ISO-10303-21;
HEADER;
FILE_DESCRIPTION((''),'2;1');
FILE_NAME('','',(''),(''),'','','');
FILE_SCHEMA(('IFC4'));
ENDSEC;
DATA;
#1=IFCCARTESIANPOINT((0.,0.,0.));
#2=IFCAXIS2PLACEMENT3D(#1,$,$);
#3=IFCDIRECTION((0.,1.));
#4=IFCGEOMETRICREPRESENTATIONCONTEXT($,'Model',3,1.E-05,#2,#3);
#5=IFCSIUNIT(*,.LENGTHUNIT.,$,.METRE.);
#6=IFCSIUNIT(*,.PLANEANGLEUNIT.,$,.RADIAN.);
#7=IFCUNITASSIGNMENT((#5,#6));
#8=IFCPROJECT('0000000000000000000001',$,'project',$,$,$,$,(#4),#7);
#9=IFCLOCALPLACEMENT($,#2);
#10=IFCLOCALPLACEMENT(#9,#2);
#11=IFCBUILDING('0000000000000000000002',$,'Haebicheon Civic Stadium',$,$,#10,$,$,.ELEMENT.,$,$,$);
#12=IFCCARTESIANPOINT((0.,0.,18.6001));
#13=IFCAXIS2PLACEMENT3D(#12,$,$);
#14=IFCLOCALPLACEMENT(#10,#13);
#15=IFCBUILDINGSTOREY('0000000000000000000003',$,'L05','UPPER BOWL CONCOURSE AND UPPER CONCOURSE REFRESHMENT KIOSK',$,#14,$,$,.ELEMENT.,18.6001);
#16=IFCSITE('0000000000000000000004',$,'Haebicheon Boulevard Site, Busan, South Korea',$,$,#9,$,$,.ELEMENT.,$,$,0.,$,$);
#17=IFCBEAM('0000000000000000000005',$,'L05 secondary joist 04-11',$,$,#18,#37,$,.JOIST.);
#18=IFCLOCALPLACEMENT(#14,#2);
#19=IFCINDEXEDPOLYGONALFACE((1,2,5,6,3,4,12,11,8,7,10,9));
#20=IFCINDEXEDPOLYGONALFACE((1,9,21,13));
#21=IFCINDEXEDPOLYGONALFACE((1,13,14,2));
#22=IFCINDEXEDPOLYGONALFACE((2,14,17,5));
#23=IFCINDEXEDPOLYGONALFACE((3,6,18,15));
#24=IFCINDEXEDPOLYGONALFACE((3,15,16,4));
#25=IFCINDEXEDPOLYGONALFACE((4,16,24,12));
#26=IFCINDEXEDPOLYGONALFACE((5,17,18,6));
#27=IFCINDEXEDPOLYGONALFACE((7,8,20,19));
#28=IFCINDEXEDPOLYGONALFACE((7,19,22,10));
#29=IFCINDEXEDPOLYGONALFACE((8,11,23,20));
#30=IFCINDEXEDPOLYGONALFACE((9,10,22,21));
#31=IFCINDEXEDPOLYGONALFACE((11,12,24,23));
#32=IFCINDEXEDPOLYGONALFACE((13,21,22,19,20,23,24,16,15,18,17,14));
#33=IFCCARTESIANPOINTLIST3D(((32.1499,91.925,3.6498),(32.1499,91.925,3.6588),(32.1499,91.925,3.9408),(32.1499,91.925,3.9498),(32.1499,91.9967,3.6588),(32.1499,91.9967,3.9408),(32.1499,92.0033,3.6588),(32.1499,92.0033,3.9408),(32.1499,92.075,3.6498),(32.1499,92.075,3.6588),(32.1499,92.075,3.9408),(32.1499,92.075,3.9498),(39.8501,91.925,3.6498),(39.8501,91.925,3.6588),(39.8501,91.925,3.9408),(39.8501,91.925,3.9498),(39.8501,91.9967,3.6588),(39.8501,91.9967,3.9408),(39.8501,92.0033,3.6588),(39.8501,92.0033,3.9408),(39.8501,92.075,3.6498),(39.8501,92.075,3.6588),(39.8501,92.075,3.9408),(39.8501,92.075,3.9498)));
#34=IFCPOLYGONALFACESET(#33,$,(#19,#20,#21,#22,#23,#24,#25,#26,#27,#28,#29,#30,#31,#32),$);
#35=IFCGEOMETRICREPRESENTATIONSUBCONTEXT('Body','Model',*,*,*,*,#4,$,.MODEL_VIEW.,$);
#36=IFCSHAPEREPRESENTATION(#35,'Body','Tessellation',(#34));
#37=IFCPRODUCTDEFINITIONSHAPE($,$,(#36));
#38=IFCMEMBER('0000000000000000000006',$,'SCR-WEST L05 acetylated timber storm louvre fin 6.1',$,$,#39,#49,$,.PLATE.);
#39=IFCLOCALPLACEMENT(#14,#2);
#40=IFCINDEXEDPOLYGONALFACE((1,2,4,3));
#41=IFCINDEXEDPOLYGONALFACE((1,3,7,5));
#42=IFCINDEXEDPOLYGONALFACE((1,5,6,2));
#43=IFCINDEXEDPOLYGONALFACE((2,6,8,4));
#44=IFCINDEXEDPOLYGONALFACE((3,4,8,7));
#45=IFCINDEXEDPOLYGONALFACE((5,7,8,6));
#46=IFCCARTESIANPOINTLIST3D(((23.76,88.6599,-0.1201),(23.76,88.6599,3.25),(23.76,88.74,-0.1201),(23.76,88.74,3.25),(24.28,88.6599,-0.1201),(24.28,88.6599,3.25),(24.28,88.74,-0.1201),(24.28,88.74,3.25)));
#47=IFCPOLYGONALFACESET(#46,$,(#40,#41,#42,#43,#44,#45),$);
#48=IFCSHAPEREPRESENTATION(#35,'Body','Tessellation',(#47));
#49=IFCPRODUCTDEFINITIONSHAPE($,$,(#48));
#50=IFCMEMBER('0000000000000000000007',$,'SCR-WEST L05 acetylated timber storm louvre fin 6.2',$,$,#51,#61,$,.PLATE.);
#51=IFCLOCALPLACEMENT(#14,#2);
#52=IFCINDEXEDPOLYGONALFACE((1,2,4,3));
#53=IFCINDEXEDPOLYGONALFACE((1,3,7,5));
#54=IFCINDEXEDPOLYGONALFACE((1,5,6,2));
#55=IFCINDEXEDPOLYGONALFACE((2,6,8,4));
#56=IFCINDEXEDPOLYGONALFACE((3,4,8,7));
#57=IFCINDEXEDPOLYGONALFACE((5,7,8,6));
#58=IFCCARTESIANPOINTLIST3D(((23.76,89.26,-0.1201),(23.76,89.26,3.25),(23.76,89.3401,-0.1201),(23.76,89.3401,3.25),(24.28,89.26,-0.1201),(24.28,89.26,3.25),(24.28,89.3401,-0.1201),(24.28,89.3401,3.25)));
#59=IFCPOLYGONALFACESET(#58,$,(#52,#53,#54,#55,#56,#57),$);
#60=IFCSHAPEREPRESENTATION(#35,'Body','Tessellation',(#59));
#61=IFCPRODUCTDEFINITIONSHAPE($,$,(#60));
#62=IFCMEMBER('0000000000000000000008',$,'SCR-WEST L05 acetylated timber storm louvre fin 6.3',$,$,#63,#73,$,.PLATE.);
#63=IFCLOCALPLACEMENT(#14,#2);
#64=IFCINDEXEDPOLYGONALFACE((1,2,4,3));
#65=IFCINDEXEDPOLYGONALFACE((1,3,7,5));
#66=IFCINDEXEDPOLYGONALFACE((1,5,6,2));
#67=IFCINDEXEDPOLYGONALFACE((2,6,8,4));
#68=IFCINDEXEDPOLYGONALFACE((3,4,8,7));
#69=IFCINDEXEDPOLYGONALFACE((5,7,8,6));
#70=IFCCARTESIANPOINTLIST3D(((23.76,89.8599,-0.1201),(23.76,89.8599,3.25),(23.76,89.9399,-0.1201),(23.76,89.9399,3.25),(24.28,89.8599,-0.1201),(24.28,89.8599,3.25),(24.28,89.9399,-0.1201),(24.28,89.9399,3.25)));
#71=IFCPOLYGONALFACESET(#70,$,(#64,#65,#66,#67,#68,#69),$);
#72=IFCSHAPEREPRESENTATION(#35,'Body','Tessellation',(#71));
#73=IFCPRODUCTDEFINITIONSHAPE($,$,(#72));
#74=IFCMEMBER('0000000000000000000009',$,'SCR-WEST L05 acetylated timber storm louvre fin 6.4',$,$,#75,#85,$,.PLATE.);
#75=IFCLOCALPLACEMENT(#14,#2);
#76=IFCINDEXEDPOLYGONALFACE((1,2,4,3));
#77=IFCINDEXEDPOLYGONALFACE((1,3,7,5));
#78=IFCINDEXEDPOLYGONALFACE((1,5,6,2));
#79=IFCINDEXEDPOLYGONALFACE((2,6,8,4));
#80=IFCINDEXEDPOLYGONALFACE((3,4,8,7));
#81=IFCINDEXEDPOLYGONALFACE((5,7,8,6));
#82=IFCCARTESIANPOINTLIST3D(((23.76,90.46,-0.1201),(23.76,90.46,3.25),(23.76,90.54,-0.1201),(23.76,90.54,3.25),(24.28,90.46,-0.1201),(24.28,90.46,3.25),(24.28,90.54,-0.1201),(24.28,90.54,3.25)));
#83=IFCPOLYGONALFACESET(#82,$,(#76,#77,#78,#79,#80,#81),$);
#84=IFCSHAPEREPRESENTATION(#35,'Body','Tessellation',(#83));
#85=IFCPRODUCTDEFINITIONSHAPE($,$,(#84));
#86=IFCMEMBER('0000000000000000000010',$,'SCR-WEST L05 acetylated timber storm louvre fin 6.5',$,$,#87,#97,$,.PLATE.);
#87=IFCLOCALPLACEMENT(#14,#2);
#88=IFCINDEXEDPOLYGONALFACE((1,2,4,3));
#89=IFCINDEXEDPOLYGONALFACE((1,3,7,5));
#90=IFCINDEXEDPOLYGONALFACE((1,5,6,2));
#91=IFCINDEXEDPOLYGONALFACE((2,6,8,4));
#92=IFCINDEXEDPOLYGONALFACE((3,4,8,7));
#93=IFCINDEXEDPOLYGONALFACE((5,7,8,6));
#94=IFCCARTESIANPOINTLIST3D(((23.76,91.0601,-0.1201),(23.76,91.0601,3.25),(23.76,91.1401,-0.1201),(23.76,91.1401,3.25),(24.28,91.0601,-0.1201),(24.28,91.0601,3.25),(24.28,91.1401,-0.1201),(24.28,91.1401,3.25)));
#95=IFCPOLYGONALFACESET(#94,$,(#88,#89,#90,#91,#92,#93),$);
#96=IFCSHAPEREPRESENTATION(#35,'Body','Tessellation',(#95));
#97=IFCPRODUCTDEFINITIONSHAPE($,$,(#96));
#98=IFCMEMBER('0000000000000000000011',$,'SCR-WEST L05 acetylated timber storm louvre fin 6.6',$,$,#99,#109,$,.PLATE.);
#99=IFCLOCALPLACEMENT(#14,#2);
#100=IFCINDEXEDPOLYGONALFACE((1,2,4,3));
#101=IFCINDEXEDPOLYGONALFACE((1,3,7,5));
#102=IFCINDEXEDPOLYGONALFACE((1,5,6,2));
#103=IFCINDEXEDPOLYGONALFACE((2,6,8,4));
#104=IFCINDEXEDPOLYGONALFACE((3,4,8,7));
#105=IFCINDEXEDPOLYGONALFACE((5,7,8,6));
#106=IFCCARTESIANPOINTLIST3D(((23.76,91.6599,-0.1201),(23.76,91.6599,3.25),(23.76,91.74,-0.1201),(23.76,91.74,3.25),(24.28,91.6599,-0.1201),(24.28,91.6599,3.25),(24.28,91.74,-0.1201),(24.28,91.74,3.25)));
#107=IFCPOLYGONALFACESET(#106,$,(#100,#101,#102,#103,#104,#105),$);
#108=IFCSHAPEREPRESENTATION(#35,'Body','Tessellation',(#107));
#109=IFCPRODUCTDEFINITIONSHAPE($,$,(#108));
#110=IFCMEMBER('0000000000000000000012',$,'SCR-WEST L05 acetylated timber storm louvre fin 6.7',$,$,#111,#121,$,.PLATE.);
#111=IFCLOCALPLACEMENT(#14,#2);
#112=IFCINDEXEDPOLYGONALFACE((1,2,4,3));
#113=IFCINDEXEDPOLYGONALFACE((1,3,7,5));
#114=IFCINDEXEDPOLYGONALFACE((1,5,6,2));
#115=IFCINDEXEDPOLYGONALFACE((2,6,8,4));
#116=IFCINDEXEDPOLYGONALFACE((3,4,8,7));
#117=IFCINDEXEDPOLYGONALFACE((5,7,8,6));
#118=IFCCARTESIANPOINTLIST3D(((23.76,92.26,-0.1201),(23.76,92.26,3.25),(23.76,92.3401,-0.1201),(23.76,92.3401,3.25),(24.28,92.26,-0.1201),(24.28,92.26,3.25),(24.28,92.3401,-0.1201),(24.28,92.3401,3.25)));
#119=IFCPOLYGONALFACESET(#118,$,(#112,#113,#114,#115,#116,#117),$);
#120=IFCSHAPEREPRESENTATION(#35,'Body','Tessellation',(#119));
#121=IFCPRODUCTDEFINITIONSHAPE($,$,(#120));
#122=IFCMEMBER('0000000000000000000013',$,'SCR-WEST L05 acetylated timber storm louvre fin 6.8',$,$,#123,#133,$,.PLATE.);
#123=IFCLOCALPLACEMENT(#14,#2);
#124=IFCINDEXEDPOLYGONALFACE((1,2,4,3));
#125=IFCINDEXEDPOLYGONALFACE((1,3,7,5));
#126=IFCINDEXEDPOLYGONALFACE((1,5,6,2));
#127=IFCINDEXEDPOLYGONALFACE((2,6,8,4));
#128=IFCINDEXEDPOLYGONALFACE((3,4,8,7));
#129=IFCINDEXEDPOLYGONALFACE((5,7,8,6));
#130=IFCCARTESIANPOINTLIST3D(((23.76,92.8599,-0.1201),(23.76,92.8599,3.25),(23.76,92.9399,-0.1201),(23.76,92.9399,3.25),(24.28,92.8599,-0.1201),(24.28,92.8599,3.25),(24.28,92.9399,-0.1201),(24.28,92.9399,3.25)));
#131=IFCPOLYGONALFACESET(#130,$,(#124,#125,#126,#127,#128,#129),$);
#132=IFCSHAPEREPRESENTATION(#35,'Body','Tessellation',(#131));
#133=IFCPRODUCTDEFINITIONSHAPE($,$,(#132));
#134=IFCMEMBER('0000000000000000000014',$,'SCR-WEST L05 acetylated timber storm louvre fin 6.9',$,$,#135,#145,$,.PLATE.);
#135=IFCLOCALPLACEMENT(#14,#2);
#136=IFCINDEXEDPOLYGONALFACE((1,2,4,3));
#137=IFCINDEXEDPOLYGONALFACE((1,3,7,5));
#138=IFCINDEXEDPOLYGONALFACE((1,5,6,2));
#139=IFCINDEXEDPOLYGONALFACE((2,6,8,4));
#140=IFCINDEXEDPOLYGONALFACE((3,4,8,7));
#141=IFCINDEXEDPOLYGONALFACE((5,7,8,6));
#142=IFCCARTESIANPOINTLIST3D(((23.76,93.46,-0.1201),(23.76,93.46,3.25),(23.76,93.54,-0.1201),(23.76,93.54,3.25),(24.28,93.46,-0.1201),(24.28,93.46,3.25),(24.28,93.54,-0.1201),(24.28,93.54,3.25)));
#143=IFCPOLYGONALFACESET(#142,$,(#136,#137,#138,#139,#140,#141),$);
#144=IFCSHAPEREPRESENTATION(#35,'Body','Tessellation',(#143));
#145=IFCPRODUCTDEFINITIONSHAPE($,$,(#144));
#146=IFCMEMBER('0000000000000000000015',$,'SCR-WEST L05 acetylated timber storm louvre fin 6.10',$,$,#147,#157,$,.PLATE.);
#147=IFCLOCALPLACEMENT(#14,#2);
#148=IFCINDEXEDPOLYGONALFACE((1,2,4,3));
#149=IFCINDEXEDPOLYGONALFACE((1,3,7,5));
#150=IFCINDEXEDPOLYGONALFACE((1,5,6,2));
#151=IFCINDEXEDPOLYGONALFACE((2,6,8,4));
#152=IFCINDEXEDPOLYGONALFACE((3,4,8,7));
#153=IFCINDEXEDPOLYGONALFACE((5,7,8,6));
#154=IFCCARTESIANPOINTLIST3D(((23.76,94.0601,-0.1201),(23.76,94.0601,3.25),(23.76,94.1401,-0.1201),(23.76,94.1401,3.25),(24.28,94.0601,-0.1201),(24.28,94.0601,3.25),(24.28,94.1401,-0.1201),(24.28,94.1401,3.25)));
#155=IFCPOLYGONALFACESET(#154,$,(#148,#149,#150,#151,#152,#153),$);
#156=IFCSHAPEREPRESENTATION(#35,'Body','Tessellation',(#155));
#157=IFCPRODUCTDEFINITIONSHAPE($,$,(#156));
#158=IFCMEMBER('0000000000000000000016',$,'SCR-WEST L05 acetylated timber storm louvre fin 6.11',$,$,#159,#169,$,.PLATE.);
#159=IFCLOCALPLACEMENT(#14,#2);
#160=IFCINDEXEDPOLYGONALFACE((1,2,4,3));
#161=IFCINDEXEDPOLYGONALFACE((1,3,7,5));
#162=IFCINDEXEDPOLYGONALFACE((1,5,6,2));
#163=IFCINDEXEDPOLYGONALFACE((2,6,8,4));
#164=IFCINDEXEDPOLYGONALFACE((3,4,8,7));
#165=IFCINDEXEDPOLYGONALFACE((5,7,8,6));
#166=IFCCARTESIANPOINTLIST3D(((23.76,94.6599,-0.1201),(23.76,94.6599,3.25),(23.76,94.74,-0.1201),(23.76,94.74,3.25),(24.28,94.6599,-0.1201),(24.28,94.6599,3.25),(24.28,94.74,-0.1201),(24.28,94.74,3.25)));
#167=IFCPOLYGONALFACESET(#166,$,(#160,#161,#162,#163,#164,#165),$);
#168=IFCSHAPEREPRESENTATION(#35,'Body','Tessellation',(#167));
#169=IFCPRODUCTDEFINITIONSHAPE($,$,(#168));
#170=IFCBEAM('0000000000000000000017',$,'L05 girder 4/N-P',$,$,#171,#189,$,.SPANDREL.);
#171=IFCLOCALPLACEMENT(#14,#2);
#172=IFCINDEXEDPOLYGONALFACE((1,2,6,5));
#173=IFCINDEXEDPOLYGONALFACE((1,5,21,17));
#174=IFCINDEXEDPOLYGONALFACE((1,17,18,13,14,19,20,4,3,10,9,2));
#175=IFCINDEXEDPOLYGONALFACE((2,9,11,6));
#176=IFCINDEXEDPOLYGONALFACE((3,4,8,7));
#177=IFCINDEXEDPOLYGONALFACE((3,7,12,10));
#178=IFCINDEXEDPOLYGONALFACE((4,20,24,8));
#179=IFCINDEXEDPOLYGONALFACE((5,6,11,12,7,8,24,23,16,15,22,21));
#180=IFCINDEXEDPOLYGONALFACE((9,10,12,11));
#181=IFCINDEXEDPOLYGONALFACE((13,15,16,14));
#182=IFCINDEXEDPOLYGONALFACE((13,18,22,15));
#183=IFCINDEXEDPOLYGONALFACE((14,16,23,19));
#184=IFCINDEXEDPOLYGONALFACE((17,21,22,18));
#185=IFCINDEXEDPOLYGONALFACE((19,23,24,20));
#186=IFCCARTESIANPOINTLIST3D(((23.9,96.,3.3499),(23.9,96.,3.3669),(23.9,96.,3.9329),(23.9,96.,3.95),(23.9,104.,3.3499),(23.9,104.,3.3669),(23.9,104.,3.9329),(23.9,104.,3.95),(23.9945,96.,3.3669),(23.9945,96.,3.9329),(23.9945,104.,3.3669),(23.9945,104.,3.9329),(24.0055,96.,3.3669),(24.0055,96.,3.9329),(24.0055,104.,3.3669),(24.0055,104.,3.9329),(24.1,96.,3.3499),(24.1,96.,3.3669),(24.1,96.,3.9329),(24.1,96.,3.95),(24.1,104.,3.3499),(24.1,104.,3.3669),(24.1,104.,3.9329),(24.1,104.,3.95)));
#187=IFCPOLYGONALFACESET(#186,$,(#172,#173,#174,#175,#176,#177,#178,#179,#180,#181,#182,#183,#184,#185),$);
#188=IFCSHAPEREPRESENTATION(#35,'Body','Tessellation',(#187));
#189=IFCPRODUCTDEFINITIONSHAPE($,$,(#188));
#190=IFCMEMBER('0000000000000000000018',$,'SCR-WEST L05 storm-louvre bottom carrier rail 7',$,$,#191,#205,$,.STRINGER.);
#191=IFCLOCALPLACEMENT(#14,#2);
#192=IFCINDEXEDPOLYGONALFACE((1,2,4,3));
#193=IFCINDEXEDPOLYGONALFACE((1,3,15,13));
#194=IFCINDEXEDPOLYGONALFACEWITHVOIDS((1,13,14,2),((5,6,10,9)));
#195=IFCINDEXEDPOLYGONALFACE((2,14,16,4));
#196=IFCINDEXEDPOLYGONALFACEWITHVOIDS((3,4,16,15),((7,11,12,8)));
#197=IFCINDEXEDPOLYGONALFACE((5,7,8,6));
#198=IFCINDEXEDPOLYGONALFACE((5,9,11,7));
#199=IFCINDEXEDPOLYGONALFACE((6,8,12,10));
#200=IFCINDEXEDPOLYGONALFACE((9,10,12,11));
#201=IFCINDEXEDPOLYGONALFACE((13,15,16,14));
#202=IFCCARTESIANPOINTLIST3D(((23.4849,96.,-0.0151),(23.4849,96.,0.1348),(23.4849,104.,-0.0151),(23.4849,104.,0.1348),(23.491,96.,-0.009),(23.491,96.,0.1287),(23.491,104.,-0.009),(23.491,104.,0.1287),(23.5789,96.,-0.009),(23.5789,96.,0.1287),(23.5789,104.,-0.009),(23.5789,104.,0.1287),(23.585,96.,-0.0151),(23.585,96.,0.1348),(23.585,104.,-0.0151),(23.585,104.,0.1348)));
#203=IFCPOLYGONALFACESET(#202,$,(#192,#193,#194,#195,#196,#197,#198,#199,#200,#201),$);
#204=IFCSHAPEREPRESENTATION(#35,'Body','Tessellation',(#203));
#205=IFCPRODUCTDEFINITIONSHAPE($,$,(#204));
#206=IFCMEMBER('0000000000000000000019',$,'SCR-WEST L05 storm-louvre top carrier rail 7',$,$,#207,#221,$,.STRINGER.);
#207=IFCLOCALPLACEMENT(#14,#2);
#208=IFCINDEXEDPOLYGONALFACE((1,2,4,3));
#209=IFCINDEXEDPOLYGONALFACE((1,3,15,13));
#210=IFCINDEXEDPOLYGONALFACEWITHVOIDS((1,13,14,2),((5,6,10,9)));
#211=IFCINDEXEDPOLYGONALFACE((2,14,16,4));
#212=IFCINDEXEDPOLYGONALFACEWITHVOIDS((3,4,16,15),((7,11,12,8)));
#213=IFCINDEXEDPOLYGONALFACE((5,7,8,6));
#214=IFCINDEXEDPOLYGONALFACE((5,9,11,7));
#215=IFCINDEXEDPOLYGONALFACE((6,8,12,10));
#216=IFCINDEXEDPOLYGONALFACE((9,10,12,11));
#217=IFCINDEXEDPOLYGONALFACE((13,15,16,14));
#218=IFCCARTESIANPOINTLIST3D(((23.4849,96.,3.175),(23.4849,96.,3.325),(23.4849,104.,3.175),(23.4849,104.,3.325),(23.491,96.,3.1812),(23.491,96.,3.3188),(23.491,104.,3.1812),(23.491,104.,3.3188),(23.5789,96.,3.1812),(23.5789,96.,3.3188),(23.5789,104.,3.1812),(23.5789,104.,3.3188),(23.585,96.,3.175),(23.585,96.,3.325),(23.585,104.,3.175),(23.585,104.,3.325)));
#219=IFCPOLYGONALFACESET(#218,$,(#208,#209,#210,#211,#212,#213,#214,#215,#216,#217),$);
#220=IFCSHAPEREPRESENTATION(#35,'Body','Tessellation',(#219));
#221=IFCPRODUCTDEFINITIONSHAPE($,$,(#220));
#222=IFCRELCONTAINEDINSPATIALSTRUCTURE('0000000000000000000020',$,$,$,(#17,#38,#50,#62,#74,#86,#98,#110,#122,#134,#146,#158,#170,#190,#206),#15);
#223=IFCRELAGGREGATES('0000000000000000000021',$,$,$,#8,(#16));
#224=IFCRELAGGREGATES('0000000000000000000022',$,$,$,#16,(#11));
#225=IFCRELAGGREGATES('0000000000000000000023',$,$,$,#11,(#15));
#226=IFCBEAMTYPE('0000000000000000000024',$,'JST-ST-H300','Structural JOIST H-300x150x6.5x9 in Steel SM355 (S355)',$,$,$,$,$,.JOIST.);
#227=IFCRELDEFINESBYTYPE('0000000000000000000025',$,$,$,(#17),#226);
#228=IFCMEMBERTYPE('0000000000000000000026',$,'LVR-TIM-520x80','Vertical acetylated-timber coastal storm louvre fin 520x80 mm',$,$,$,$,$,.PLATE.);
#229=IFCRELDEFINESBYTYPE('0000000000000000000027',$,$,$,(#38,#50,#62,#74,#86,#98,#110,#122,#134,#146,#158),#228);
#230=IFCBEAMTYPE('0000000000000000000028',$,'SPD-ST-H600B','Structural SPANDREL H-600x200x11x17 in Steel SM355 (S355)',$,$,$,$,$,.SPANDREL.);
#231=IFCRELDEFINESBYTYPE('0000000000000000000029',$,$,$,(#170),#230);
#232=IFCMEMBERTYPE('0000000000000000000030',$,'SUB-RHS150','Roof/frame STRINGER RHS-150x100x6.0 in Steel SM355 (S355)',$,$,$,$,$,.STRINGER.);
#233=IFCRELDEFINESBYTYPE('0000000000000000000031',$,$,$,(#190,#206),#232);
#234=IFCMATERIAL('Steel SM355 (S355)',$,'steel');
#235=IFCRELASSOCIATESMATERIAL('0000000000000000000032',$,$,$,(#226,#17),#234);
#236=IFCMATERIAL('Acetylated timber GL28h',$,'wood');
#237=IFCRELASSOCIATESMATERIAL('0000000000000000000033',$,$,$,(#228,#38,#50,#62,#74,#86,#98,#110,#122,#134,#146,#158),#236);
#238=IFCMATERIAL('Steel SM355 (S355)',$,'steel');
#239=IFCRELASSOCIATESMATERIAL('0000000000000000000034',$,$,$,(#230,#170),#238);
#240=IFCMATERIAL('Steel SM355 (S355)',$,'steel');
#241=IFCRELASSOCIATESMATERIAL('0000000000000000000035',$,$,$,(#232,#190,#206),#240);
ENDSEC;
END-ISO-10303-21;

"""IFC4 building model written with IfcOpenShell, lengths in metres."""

from ifc_helpers import new_model, si_unit, direction, frame, origin, origin_2d, place, context, subcontext, project, spatial, rectangle, hollow_rectangle, i_section, extrude, material, material_profile, profile_set, type_object, element, save


model = new_model("IFC4")

# Units and contexts
model_context = context("Model", 3, precision=1e-05, world=origin(), true_north=direction((0.0, 1.0)))
body_context = subcontext(model_context, "Body", "Model", "MODEL_VIEW")
ifc_project = project(units=[si_unit("LENGTHUNIT", "METRE"), si_unit("PLANEANGLEUNIT", "RADIAN")], contexts=[model_context])

# Site, building, storey
site_placement = place(None, origin())
site = spatial("IfcSite", under=ifc_project, at=site_placement, Name="Haebicheon Boulevard Site, Busan, South Korea", CompositionType="ELEMENT", RefElevation=0.0)
building_placement = place(site_placement, origin())
building = spatial("IfcBuilding", under=site, at=building_placement, Name="Haebicheon Civic Stadium", CompositionType="ELEMENT")
storey_placement = place(building_placement, frame((0.0, 0.0, 18.6001)))
storey = spatial("IfcBuildingStorey", under=building, at=storey_placement, Name="L05", Description="UPPER BOWL CONCOURSE AND UPPER CONCOURSE REFRESHMENT KIOSK", CompositionType="ELEMENT", Elevation=18.6001)

# Beam
ifc_material_1 = material(Name="Steel SM355 (S355)", Category="steel")
ifc_material_profile_1 = material_profile(ifc_material_1, i_section(OverallWidth=0.1499, OverallDepth=0.3, WebThickness=0.0066, FlangeThickness=0.009, at=origin_2d()), Name="H-300x150x6.5x9")
ifc_profile_set_1 = profile_set([ifc_material_profile_1], Name="Steel SM355 (S355)")
beam_type_1 = type_object("IfcBeamType", Name="JST-ST-H300", Description="Structural JOIST H-300x150x6.5x9 in Steel SM355 (S355)", PredefinedType="JOIST", material=ifc_profile_set_1)
beam_1_placement = place(storey_placement, frame((32.1499, 92.0, 3.7998), z_axis=(1.0, 0.0, 0.0), x_axis=(0.0, 1.0, 0.0)))
element("IfcBeam", 1, at=beam_1_placement, inside=storey, type_object=beam_type_1, material=ifc_profile_set_1, Name="L05 secondary joist 04-11", PredefinedType="JOIST", context=body_context, shape_type="SweptSolid", body=[
    extrude(i_section(OverallWidth=0.1499, OverallDepth=0.3, WebThickness=0.0066, FlangeThickness=0.009, at=origin_2d()), origin(), (0.0, 0.0, 1.0), 7.7002),
])

# Members
ifc_material_2 = material(Name="Acetylated timber GL28h", Category="wood")
ifc_material_profile_2 = material_profile(ifc_material_2, rectangle(XDim=0.0801, YDim=0.52, at=origin_2d()), Name="TMB-LOUV-80x520")
ifc_profile_set_2 = profile_set([ifc_material_profile_2], Name="Acetylated timber GL28h")
member_type_1 = type_object("IfcMemberType", Name="LVR-TIM-520x80", Description="Vertical acetylated-timber coastal storm louvre fin 520x80 mm", PredefinedType="PLATE", material=ifc_profile_set_2)
for number, where, z_axis, x_axis, name in (
    (2, (24.02, 88.7, -0.1201), (0.0, 0.0, 1.0), (0.0, 1.0, 0.0), "SCR-WEST L05 acetylated timber storm louvre fin 6.1"),
    (3, (24.02, 89.3, -0.1201), (0.0, 0.0, 1.0), (0.0, 1.0, 0.0), "SCR-WEST L05 acetylated timber storm louvre fin 6.2"),
    (4, (24.02, 89.8999, -0.1201), (0.0, 0.0, 1.0), (0.0, 1.0, 0.0), "SCR-WEST L05 acetylated timber storm louvre fin 6.3"),
    (5, (24.02, 90.5, -0.1201), (0.0, 0.0, 1.0), (0.0, 1.0, 0.0), "SCR-WEST L05 acetylated timber storm louvre fin 6.4"),
    (6, (24.02, 91.1001, -0.1201), (0.0, 0.0, 1.0), (0.0, 1.0, 0.0), "SCR-WEST L05 acetylated timber storm louvre fin 6.5"),
    (7, (24.02, 91.7, -0.1201), (0.0, 0.0, 1.0), (0.0, 1.0, 0.0), "SCR-WEST L05 acetylated timber storm louvre fin 6.6"),
    (8, (24.02, 92.3, -0.1201), (0.0, 0.0, 1.0), (0.0, 1.0, 0.0), "SCR-WEST L05 acetylated timber storm louvre fin 6.7"),
    (9, (24.02, 92.8999, -0.1201), (0.0, 0.0, 1.0), (0.0, 1.0, 0.0), "SCR-WEST L05 acetylated timber storm louvre fin 6.8"),
    (10, (24.02, 93.5, -0.1201), (0.0, 0.0, 1.0), (0.0, 1.0, 0.0), "SCR-WEST L05 acetylated timber storm louvre fin 6.9"),
    (11, (24.02, 94.1001, -0.1201), (0.0, 0.0, 1.0), (0.0, 1.0, 0.0), "SCR-WEST L05 acetylated timber storm louvre fin 6.10"),
    (12, (24.02, 94.7, -0.1201), (0.0, 0.0, 1.0), (0.0, 1.0, 0.0), "SCR-WEST L05 acetylated timber storm louvre fin 6.11"),
):
    element("IfcMember", number, at=place(storey_placement, frame(where, z_axis=z_axis, x_axis=x_axis)), inside=storey, type_object=member_type_1, material=ifc_profile_set_2, Name=name, PredefinedType="PLATE", context=body_context, shape_type="SweptSolid", body=[
        extrude(rectangle(XDim=0.0801, YDim=0.52, at=origin_2d()), origin(), (0.0, 0.0, 1.0), 3.3701),
    ])

# Beam
ifc_material_3 = material(Name="Steel SM355 (S355)", Category="steel")
ifc_material_profile_3 = material_profile(ifc_material_3, i_section(OverallWidth=0.2, OverallDepth=0.6001, WebThickness=0.011, FlangeThickness=0.0171, at=origin_2d()), Name="H-600x200x11x17")
ifc_profile_set_3 = profile_set([ifc_material_profile_3], Name="Steel SM355 (S355)")
beam_type_2 = type_object("IfcBeamType", Name="SPD-ST-H600B", Description="Structural SPANDREL H-600x200x11x17 in Steel SM355 (S355)", PredefinedType="SPANDREL", material=ifc_profile_set_3)
beam_2_placement = place(storey_placement, frame((24.0, 96.0, 3.6499), z_axis=(0.0, 1.0, 0.0), x_axis=(-1.0, 0.0, 0.0)))
element("IfcBeam", 13, at=beam_2_placement, inside=storey, type_object=beam_type_2, material=ifc_profile_set_3, Name="L05 girder 4/N-P", PredefinedType="SPANDREL", context=body_context, shape_type="SweptSolid", body=[
    extrude(i_section(OverallWidth=0.2, OverallDepth=0.6001, WebThickness=0.011, FlangeThickness=0.0171, at=origin_2d()), origin(), (0.0, 0.0, 1.0), 8.0),
])

# Members
ifc_material_4 = material(Name="Steel SM355 (S355)", Category="steel")
ifc_material_profile_4 = material_profile(ifc_material_4, hollow_rectangle(XDim=0.1001, YDim=0.1499, WallThickness=0.0061, at=origin_2d()), Name="RHS-150x100x6.0")
ifc_profile_set_4 = profile_set([ifc_material_profile_4], Name="Steel SM355 (S355)")
member_type_2 = type_object("IfcMemberType", Name="SUB-RHS150", Description="Roof/frame STRINGER RHS-150x100x6.0 in Steel SM355 (S355)", PredefinedType="STRINGER", material=ifc_profile_set_4)
for number, where, z_axis, x_axis, name in (
    (14, (23.5349, 96.0, 0.0598), (0.0, 1.0, 0.0), (-1.0, 0.0, 0.0), "SCR-WEST L05 storm-louvre bottom carrier rail 7"),
    (15, (23.5349, 96.0, 3.25), (0.0, 1.0, 0.0), (-1.0, 0.0, 0.0), "SCR-WEST L05 storm-louvre top carrier rail 7"),
):
    element("IfcMember", number, at=place(storey_placement, frame(where, z_axis=z_axis, x_axis=x_axis)), inside=storey, type_object=member_type_2, material=ifc_profile_set_4, Name=name, PredefinedType="STRINGER", context=body_context, shape_type="SweptSolid", body=[
        extrude(hollow_rectangle(XDim=0.1001, YDim=0.1499, WallThickness=0.0061, at=origin_2d()), origin(), (0.0, 0.0, 1.0), 8.0),
    ])

save(model, "model.ifc")
